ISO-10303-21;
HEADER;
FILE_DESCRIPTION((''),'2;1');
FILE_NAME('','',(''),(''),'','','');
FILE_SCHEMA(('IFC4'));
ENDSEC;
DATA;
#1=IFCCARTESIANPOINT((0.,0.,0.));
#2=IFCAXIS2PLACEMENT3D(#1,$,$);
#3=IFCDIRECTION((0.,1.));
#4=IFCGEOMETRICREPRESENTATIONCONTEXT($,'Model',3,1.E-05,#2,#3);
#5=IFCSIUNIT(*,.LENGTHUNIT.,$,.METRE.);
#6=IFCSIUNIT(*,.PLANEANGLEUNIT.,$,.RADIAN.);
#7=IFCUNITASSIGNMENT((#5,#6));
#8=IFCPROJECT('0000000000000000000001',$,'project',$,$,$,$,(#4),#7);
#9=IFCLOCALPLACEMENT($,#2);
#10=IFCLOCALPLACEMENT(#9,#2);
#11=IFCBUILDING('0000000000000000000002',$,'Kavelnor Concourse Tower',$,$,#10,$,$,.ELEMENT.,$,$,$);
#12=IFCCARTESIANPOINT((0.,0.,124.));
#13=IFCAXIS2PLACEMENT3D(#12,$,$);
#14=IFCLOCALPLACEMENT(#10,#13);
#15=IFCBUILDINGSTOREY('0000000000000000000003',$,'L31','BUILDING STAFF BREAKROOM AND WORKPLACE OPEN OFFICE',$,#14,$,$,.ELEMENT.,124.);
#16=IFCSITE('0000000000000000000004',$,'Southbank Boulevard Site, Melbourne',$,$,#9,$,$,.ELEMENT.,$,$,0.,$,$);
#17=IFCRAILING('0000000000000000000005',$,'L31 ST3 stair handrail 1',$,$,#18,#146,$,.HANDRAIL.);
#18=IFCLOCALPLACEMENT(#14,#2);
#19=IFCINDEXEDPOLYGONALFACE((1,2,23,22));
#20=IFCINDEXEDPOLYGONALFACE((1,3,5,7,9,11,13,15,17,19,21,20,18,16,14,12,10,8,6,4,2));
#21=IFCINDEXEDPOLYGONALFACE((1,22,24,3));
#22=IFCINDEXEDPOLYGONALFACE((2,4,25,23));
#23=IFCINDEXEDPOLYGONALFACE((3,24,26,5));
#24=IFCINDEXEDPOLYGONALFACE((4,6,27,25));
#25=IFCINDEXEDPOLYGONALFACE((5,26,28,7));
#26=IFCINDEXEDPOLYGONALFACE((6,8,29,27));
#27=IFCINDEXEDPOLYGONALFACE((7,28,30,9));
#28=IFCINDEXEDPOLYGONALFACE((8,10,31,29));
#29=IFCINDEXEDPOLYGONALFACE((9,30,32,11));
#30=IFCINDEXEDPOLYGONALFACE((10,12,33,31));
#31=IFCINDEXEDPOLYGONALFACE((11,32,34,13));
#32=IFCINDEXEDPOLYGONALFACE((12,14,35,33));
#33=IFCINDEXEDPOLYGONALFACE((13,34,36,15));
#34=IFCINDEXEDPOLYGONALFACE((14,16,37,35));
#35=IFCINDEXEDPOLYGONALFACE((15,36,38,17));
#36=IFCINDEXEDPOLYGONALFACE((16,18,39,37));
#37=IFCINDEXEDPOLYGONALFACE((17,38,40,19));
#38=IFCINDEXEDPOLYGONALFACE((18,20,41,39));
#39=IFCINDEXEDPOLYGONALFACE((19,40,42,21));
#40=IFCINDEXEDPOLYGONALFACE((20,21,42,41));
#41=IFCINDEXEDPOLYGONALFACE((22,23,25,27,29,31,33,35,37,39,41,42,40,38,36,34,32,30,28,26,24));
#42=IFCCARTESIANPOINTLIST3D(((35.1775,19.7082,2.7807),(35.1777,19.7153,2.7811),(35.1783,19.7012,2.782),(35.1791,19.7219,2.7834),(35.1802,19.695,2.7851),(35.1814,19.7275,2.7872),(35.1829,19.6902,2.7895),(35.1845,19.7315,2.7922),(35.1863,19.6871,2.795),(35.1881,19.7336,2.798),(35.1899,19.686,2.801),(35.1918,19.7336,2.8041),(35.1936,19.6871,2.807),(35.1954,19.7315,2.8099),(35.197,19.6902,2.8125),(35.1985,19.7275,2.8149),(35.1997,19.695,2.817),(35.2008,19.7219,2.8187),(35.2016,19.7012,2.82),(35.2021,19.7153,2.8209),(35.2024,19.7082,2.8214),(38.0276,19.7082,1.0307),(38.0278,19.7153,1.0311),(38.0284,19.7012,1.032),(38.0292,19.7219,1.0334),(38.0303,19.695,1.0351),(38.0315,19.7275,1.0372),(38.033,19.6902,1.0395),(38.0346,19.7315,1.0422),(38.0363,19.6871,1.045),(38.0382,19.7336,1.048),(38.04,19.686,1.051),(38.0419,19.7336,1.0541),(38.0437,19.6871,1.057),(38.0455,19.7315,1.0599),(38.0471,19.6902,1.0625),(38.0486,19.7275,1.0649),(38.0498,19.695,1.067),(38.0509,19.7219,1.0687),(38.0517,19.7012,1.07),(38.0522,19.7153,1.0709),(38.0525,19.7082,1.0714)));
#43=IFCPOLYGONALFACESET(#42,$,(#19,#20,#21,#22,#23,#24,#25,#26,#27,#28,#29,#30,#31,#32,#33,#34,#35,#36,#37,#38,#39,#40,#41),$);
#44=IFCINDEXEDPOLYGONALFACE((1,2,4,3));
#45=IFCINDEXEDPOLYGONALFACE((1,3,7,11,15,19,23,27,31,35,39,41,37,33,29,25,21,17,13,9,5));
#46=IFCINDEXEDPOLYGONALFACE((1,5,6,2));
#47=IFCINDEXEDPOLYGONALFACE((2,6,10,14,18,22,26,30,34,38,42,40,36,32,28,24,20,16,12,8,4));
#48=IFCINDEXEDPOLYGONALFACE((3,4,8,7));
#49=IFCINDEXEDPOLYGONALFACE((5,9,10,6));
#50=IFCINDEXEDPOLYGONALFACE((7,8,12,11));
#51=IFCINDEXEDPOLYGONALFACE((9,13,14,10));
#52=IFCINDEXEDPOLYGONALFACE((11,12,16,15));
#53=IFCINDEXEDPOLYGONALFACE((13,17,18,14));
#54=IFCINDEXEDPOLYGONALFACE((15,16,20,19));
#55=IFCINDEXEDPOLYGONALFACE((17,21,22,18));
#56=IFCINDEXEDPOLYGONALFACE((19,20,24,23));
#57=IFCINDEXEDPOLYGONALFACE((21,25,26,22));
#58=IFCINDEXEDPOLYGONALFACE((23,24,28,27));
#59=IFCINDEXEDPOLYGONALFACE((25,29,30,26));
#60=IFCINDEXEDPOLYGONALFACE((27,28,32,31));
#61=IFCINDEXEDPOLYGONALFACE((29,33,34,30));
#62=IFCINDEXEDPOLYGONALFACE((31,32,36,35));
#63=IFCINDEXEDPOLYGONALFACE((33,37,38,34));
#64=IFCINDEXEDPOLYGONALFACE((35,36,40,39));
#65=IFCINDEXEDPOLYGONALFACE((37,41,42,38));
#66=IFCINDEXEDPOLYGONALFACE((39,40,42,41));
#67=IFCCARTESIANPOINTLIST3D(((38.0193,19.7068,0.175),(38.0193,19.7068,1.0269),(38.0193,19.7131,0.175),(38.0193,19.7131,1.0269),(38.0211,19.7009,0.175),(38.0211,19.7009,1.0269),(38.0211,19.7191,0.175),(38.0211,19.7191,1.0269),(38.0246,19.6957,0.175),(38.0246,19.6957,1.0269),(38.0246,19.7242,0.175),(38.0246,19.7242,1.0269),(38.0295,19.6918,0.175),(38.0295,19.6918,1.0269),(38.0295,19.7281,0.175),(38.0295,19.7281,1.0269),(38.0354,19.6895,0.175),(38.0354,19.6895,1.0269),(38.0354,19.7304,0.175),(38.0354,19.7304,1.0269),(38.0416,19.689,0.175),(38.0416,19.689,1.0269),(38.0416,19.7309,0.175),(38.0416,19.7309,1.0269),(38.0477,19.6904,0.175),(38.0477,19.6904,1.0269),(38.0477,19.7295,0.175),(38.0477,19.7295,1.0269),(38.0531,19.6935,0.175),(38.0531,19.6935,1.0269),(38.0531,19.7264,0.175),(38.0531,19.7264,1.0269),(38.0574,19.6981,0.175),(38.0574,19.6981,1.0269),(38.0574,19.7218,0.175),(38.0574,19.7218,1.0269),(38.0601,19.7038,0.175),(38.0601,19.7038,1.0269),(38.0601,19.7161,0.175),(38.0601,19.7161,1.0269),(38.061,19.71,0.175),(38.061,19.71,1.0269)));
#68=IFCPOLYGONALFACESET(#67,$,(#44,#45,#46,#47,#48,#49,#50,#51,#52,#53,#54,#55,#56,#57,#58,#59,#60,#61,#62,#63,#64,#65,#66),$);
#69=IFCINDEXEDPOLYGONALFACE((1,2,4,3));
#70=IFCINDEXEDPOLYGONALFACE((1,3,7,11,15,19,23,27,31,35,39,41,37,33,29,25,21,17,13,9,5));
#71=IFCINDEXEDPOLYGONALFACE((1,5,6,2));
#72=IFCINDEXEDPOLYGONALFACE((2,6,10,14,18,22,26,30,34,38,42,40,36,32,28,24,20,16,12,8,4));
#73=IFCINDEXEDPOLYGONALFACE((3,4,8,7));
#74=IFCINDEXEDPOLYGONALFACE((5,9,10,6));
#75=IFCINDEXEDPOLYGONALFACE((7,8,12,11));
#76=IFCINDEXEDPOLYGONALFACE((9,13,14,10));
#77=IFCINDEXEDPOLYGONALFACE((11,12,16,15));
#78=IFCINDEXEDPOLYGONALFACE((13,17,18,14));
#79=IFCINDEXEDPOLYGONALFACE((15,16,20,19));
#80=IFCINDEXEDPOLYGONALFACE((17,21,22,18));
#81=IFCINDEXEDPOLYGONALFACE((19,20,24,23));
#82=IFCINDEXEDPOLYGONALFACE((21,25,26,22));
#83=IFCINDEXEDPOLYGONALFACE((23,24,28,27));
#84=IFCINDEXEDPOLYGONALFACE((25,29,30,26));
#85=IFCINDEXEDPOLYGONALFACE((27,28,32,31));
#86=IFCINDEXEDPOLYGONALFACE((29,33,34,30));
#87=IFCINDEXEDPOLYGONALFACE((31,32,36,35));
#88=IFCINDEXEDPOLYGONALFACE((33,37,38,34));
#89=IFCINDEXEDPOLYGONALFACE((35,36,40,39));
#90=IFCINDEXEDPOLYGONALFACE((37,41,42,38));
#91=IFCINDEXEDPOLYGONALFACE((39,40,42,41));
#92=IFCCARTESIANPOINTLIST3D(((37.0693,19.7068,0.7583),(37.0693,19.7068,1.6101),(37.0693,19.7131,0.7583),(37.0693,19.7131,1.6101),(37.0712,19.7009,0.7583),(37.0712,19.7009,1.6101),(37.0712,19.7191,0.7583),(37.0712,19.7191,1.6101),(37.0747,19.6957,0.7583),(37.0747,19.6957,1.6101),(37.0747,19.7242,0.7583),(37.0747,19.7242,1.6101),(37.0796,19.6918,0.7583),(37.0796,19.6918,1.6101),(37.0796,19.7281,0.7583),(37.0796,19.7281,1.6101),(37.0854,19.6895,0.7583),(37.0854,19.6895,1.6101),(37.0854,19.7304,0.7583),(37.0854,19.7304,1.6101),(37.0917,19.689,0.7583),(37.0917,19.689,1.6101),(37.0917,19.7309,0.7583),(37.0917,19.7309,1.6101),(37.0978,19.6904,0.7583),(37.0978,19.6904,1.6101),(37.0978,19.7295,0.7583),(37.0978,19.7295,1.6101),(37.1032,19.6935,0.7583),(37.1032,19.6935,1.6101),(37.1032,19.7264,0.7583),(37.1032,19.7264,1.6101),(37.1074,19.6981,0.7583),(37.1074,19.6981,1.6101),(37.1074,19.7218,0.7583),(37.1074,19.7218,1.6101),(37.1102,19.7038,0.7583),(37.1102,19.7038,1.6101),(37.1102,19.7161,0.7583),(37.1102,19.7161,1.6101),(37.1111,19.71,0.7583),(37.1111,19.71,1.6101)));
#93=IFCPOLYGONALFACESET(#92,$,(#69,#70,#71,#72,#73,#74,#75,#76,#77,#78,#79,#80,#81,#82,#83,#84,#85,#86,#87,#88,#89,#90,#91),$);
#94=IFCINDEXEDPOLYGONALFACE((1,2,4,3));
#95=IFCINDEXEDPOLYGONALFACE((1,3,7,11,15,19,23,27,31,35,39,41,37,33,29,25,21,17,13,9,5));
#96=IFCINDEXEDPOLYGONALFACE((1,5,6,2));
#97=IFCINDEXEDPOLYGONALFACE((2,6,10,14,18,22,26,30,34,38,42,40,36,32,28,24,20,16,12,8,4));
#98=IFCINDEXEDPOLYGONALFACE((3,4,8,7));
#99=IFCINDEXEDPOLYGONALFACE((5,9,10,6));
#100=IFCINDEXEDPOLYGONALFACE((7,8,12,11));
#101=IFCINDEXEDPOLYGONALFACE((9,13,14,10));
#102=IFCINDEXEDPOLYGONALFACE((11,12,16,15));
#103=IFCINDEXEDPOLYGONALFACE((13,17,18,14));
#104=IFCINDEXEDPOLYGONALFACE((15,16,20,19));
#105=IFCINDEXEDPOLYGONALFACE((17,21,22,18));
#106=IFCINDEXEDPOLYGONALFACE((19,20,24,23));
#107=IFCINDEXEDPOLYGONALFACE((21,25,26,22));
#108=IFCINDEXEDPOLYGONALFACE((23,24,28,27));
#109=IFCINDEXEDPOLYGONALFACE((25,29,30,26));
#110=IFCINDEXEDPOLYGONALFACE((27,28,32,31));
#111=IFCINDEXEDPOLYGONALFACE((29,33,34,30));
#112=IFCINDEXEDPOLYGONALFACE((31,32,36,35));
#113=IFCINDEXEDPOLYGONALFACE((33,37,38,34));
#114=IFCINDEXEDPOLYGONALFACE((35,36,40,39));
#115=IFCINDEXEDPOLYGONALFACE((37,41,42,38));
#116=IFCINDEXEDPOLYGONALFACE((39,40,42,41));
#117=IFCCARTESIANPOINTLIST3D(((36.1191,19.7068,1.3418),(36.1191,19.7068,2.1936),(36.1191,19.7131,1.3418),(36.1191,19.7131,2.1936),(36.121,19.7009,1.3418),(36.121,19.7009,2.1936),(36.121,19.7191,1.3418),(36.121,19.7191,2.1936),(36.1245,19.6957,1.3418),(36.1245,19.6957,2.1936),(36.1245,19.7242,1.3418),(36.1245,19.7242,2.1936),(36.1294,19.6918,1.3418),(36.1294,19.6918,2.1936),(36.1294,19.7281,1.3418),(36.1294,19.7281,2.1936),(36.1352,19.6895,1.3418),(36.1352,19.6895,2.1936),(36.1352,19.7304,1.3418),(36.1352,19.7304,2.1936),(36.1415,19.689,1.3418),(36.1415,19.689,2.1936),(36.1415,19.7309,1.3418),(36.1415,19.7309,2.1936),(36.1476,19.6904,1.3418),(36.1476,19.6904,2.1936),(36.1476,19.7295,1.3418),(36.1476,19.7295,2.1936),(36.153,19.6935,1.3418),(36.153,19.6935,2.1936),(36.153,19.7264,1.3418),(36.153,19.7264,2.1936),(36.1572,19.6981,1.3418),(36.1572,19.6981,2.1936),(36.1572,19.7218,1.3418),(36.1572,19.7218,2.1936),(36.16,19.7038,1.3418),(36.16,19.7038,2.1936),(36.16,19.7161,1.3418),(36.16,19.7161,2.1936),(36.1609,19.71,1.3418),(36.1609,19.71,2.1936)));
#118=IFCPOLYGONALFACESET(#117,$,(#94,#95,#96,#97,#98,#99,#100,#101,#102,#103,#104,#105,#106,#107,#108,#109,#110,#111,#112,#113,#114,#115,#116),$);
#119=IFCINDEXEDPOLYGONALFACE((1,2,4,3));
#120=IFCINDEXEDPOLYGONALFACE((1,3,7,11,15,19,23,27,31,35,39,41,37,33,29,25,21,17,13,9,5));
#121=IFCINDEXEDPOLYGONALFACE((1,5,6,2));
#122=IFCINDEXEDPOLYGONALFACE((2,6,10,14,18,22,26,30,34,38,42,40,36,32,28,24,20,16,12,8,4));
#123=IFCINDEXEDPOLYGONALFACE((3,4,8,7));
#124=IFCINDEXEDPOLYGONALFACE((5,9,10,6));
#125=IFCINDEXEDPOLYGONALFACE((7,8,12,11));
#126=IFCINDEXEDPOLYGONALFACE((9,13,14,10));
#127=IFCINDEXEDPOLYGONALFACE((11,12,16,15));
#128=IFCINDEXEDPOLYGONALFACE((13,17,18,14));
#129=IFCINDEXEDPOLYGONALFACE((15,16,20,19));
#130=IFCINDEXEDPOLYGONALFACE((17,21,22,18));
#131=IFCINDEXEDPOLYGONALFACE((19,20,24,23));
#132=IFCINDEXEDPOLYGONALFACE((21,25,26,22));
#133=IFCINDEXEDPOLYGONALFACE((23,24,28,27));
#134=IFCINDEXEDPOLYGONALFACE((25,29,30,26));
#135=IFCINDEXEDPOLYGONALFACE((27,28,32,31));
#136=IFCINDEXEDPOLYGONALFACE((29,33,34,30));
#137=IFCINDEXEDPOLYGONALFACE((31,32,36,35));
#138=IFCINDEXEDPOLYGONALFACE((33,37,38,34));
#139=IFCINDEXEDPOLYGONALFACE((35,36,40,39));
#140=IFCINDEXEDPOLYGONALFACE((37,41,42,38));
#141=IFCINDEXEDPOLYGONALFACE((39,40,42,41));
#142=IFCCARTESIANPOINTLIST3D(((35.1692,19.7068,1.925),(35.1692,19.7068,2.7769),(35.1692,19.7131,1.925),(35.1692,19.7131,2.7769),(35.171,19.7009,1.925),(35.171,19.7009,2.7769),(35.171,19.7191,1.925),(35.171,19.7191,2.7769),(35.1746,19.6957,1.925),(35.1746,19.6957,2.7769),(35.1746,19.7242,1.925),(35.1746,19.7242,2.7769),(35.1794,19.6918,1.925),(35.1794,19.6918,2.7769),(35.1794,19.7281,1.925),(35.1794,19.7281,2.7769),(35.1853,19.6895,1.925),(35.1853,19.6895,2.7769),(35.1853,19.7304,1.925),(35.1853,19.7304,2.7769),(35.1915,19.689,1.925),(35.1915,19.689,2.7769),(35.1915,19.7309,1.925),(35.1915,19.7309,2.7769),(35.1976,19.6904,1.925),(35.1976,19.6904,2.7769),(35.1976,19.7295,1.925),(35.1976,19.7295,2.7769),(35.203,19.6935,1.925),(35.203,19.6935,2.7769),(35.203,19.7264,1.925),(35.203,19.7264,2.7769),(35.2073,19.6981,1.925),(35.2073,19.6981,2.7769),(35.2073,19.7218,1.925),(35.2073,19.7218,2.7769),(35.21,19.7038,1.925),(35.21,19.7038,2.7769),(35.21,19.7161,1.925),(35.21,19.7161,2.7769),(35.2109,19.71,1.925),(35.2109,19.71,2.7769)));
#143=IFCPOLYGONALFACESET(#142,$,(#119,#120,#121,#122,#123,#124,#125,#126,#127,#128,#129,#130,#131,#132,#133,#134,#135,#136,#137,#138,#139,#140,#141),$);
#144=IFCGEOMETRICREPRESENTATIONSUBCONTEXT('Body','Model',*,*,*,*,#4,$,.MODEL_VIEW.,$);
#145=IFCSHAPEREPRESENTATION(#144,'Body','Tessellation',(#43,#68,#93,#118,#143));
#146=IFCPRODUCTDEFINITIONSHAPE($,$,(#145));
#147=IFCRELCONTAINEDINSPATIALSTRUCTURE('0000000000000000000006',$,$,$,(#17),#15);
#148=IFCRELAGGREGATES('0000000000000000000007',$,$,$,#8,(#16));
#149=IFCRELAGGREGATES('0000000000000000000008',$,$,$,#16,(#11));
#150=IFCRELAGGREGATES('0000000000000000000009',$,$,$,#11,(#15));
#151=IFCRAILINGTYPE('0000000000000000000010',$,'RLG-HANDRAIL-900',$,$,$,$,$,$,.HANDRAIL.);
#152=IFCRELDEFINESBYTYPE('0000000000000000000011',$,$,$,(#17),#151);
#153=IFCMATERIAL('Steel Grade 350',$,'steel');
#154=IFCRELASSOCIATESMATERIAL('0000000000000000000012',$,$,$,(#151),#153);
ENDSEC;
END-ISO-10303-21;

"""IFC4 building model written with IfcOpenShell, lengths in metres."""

from ifc_helpers import new_model, si_unit, direction, frame, origin, origin_2d, place, context, subcontext, project, spatial, circle, extrude, material, type_object, element, save


model = new_model("IFC4")

# Units and contexts
model_context = context("Model", 3, precision=1e-05, world=origin(), true_north=direction((0.0, 1.0)))
body_context = subcontext(model_context, "Body", "Model", "MODEL_VIEW")
ifc_project = project(units=[si_unit("LENGTHUNIT", "METRE"), si_unit("PLANEANGLEUNIT", "RADIAN")], contexts=[model_context])

# Site, building, storey
site_placement = place(None, origin())
site = spatial("IfcSite", under=ifc_project, at=site_placement, Name="Southbank Boulevard Site, Melbourne", CompositionType="ELEMENT", RefElevation=0.0)
building_placement = place(site_placement, origin())
building = spatial("IfcBuilding", under=site, at=building_placement, Name="Kavelnor Concourse Tower", CompositionType="ELEMENT")
storey_placement = place(building_placement, frame((0.0, 0.0, 124.0)))
storey = spatial("IfcBuildingStorey", under=building, at=storey_placement, Name="L31", Description="BUILDING STAFF BREAKROOM AND WORKPLACE OPEN OFFICE", CompositionType="ELEMENT", Elevation=124.0)

# Shared definitions
ifc_material_1 = material(Name="Steel Grade 350", Category="steel")

# Railing
railing_type_1 = type_object("IfcRailingType", Name="RLG-HANDRAIL-900", PredefinedType="HANDRAIL", material=ifc_material_1)
railing_1_placement = place(storey_placement, frame((38.04, 19.71, 0.175)))
element("IfcRailing", 1, at=railing_1_placement, inside=storey, type_object=railing_type_1, Name="L31 ST3 stair handrail 1", PredefinedType="HANDRAIL", context=body_context, shape_type="SweptSolid", body=[
    extrude(circle(Radius=0.0239, at=origin_2d()), frame((0.0, 0.0, 0.876), z_axis=(-0.852179, 0.0, 0.52325), x_axis=(0.0, -1.0, 0.0)), (0.0, 0.0, 1.0), 3.3445),
    extrude(circle(Radius=0.021, at=origin_2d()), origin(), (0.0, 0.0, 1.0), 0.8518),
    extrude(circle(Radius=0.021, at=origin_2d()), frame((-0.95, 0.0, 0.5833)), (0.0, 0.0, 1.0), 0.8518),
    extrude(circle(Radius=0.021, at=origin_2d()), frame((-1.9001, 0.0, 1.1667)), (0.0, 0.0, 1.0), 0.8518),
    extrude(circle(Radius=0.021, at=origin_2d()), frame((-2.8501, 0.0, 1.75)), (0.0, 0.0, 1.0), 0.8518),
])

save(model, "model.ifc")
